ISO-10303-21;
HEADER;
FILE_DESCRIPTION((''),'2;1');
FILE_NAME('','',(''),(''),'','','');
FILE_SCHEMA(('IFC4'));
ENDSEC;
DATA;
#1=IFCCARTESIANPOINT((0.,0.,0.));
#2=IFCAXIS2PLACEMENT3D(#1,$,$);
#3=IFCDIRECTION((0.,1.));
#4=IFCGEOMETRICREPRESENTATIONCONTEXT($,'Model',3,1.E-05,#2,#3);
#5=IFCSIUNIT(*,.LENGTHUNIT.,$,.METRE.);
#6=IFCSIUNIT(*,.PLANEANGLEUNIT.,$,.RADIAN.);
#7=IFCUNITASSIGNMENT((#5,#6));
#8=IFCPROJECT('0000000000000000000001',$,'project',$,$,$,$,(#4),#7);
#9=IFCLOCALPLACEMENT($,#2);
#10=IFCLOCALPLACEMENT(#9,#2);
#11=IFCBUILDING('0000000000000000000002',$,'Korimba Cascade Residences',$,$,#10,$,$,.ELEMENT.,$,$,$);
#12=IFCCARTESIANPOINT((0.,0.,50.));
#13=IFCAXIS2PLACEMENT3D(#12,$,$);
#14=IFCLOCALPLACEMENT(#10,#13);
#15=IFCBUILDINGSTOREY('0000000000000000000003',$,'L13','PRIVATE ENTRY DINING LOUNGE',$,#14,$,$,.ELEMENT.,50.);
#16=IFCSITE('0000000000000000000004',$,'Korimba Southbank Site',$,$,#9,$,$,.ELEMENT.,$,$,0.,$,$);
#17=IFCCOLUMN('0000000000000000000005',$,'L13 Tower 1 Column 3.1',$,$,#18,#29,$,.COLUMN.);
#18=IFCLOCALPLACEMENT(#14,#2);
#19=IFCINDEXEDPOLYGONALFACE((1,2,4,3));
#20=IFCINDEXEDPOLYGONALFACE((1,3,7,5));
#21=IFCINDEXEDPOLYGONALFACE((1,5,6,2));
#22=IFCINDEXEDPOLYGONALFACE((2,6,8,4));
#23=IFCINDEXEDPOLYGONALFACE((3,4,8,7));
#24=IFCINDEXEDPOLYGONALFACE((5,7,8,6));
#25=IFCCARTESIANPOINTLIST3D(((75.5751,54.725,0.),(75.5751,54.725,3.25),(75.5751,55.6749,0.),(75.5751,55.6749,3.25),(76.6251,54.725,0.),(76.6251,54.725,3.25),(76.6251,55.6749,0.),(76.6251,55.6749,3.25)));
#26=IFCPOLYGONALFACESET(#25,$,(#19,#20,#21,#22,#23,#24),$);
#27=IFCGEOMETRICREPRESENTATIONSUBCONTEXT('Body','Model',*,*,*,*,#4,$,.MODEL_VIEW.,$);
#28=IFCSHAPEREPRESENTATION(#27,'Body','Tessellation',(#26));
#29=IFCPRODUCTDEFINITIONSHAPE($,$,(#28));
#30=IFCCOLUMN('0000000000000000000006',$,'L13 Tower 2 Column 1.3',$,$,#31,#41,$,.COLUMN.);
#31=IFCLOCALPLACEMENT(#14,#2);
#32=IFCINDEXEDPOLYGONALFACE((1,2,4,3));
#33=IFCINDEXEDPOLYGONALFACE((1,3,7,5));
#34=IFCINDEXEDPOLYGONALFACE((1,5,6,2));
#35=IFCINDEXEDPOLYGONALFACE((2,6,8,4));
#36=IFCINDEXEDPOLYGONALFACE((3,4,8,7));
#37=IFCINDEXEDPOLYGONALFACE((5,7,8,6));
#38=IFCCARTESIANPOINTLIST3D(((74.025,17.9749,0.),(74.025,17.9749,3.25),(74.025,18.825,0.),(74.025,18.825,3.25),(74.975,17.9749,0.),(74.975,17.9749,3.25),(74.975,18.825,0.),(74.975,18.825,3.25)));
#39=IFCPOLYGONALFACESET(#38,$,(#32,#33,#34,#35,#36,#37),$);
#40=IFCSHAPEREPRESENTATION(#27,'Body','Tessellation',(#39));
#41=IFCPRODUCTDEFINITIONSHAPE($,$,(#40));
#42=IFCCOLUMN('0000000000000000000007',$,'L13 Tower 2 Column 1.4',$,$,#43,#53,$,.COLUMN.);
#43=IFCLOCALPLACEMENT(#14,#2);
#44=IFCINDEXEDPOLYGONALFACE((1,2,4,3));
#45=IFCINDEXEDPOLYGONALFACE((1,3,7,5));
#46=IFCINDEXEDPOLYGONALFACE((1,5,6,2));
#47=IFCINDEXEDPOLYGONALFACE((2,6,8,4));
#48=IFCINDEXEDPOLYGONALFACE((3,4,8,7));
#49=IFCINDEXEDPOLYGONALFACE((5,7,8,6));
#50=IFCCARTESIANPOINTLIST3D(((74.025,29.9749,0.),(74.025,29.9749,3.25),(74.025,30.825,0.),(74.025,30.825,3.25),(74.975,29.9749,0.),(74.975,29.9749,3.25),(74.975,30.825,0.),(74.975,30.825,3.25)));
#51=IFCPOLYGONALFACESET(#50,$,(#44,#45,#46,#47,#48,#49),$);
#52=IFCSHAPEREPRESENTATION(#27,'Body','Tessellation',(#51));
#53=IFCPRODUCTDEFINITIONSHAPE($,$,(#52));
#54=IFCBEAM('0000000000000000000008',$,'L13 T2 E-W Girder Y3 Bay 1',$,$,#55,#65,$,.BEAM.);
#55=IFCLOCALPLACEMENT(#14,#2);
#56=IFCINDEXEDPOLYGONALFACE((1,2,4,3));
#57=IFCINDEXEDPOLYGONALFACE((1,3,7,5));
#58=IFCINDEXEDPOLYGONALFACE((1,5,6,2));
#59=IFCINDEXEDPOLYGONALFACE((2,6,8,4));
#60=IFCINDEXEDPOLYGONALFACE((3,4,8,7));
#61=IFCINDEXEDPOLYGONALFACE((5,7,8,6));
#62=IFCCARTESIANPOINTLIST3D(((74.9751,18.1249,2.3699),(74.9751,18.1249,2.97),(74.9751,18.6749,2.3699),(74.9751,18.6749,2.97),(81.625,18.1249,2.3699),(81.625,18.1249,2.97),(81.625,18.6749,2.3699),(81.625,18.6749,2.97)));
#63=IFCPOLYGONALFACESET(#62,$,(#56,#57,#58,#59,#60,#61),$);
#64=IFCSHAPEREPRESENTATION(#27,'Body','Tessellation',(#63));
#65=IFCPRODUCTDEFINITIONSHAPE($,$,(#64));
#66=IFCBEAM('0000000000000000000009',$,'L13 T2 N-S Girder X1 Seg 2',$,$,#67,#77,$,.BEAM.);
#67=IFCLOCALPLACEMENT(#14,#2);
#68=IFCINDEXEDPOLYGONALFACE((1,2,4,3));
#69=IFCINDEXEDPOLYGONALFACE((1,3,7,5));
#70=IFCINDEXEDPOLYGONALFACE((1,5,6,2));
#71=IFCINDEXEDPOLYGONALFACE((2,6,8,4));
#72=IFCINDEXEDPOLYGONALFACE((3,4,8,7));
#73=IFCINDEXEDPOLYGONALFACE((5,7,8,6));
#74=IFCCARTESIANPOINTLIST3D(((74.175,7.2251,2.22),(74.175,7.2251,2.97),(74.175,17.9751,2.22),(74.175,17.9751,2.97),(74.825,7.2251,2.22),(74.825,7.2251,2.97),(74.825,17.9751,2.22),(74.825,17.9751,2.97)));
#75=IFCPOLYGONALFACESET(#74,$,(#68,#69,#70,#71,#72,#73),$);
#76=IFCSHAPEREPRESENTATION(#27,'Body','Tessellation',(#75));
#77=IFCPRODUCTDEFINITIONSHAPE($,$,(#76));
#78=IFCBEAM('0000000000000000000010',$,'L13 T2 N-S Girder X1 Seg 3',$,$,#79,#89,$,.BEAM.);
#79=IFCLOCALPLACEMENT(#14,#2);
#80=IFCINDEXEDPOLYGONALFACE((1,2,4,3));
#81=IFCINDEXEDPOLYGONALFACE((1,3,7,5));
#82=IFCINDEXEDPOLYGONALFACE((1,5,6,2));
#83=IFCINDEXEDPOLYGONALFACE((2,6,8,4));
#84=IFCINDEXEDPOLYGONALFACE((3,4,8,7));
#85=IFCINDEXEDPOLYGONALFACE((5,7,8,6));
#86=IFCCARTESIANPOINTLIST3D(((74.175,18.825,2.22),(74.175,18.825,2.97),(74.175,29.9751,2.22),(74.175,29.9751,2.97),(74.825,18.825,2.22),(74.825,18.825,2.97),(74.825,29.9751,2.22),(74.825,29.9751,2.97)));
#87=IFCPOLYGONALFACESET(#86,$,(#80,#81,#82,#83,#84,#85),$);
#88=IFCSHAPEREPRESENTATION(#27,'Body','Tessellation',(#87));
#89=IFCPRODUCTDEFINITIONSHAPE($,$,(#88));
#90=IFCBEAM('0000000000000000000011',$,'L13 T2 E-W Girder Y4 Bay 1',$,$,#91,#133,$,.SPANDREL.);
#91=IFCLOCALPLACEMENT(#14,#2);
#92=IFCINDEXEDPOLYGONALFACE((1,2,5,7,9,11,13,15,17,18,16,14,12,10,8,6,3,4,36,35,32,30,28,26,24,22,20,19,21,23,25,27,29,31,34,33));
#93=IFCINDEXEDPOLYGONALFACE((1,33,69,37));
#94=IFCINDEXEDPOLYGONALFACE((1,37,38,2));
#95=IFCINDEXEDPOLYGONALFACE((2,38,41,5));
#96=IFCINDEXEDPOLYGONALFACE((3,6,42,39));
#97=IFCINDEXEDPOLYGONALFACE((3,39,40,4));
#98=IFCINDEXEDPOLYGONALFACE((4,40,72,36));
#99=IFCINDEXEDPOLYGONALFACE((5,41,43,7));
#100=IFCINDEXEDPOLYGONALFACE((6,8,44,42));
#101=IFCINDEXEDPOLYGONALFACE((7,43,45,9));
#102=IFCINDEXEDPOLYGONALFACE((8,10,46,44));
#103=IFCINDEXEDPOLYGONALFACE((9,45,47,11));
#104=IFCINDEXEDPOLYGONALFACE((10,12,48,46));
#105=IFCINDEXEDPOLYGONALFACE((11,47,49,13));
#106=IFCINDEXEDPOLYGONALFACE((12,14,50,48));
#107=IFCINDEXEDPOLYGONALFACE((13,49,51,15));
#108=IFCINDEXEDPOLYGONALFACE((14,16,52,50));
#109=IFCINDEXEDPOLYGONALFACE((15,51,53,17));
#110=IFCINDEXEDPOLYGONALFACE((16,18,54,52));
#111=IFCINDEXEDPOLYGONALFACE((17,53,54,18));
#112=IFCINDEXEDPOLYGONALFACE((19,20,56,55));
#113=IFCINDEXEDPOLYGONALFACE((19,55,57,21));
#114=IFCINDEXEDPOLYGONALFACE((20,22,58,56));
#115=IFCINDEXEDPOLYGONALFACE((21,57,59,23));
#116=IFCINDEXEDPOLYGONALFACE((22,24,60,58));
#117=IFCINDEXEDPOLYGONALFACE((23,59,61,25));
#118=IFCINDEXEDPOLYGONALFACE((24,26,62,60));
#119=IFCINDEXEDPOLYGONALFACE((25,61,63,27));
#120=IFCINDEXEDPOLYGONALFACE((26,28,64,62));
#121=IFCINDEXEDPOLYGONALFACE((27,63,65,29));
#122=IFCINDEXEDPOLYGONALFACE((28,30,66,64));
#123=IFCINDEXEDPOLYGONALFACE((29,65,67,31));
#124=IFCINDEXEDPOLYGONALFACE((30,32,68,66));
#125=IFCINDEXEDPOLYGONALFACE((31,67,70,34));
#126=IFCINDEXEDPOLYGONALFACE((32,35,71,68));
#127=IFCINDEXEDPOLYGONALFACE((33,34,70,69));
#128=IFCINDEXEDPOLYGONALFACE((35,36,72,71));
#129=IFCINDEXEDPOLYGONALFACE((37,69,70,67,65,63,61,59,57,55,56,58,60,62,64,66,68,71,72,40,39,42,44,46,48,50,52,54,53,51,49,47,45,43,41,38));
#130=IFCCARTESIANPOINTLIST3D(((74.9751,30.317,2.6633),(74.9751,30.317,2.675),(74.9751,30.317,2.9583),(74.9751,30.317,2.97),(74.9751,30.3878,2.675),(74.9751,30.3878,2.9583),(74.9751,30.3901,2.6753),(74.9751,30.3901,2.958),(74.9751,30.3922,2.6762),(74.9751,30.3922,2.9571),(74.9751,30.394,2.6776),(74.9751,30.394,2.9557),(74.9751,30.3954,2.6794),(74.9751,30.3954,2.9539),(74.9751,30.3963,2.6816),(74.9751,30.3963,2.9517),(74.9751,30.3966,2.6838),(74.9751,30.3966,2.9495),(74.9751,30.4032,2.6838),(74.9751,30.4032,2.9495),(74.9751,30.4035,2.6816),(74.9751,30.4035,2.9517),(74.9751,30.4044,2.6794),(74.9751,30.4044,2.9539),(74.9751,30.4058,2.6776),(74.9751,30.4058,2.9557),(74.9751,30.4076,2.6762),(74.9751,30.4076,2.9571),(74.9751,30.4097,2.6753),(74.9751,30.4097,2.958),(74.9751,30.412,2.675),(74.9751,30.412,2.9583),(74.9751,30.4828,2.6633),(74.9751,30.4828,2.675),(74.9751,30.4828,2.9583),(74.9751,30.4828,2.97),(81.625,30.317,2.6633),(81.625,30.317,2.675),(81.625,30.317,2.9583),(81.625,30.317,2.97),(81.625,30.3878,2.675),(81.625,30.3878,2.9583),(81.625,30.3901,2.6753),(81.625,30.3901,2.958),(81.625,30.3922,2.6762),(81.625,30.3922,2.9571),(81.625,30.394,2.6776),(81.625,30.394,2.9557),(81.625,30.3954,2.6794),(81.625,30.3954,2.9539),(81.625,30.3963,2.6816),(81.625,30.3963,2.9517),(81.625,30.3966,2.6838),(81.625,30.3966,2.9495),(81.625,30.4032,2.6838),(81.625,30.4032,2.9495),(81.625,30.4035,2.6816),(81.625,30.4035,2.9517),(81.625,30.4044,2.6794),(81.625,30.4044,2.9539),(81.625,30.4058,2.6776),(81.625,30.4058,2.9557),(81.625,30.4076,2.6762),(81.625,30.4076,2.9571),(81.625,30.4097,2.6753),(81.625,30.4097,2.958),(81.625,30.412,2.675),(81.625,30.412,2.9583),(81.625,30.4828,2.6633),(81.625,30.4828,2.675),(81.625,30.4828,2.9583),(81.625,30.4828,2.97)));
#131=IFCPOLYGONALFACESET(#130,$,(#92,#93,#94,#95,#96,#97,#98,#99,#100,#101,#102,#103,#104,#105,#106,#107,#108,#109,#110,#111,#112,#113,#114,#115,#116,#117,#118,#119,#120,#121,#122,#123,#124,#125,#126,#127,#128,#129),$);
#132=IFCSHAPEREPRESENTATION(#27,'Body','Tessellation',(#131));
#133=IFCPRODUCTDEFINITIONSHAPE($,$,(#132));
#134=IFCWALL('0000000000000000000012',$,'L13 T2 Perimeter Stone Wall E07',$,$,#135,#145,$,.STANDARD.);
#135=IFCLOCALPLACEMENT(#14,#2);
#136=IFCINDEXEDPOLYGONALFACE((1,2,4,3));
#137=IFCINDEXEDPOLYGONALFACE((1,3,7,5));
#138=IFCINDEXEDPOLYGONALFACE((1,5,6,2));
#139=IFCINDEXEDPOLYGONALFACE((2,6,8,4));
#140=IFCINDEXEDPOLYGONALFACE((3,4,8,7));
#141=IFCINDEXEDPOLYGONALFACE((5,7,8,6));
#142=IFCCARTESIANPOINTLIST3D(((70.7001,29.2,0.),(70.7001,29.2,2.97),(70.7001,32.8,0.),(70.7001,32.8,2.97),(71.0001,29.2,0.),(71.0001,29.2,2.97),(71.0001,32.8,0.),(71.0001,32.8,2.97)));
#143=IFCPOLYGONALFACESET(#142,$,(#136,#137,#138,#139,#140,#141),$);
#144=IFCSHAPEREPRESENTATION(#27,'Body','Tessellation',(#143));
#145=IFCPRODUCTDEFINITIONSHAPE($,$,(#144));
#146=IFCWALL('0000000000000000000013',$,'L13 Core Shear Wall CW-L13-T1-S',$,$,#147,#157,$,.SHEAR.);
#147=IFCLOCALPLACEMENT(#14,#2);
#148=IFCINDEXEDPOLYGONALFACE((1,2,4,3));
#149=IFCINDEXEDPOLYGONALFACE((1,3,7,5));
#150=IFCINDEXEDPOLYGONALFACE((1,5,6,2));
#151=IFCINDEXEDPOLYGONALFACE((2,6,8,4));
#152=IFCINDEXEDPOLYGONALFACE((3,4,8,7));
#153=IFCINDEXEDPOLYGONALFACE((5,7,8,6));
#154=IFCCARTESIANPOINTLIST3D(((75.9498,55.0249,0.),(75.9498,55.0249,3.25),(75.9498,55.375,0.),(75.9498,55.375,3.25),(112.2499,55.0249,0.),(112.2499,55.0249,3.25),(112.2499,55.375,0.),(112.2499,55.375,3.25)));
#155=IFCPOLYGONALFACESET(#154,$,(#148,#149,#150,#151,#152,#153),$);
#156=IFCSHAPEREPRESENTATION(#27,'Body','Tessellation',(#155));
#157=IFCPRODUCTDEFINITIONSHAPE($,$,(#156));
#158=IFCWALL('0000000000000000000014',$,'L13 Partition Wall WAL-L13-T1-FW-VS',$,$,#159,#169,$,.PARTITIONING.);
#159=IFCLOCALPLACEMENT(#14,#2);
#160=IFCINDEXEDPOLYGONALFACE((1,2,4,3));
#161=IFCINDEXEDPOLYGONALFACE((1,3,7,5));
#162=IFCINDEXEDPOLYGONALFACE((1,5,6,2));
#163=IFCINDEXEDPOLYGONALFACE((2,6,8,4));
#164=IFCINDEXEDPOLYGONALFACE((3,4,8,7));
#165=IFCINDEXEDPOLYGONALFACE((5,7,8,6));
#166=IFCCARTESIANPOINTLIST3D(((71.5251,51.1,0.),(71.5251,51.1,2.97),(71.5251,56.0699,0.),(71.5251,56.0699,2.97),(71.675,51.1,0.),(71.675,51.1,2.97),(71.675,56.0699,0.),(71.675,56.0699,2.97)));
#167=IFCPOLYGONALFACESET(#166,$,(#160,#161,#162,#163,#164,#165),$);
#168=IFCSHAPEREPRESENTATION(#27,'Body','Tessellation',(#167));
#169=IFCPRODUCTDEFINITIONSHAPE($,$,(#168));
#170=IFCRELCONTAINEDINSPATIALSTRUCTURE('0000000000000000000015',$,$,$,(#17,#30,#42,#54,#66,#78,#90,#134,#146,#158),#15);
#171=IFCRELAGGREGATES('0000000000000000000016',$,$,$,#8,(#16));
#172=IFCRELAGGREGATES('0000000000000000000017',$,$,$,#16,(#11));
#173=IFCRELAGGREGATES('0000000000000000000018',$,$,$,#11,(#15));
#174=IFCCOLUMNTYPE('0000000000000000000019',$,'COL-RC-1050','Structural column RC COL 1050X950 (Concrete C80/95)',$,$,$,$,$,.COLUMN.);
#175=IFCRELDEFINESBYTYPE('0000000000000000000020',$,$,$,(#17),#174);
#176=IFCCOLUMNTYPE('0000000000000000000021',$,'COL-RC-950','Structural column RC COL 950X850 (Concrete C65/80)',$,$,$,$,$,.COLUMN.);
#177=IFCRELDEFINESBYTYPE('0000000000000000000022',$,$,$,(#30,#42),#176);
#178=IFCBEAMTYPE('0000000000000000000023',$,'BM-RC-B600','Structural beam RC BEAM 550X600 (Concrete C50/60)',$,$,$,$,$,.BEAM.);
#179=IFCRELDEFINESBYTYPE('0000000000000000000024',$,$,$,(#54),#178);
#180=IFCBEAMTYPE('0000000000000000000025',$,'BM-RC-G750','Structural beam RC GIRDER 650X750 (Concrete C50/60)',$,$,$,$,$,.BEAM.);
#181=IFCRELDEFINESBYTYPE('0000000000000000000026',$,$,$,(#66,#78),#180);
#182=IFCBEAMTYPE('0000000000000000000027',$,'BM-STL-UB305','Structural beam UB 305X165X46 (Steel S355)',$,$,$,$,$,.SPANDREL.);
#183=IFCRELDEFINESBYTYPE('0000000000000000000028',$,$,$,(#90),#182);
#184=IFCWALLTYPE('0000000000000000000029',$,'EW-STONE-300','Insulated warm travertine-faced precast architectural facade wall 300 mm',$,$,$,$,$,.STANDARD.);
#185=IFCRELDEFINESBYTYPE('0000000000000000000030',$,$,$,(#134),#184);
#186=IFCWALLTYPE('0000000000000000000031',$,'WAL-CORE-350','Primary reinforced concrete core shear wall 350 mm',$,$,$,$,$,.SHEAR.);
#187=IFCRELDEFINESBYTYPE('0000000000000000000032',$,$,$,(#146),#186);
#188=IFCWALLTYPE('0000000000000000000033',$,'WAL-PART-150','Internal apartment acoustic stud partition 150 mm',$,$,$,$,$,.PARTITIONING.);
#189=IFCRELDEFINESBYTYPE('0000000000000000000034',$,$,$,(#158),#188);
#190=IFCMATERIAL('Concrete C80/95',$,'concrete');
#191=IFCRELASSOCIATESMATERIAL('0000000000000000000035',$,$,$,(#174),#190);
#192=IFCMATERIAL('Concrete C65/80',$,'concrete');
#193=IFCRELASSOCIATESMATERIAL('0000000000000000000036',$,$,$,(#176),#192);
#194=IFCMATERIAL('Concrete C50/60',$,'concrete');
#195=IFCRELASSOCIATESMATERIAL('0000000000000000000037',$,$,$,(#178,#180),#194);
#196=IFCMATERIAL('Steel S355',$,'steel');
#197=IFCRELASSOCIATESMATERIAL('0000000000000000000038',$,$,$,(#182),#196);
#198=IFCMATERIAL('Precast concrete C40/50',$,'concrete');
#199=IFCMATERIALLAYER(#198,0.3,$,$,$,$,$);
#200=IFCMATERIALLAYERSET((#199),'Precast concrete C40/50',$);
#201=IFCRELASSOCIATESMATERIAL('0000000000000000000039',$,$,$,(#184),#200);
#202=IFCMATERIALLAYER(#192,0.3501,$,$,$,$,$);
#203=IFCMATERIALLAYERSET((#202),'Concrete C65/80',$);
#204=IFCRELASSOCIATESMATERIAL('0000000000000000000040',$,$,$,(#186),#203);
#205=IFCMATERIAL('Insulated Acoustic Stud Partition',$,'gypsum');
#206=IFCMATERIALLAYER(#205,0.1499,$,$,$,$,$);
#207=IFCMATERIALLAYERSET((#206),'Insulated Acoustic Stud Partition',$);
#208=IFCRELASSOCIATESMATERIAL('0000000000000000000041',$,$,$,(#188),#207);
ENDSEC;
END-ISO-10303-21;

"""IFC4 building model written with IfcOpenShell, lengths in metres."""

from ifc_helpers import new_model, si_unit, direction, frame, frame_2d, origin, origin_2d, place, context, subcontext, project, spatial, rectangle, i_section, extrude, material, layer, layer_set, material_profile, profile_set, type_object, element, save


model = new_model("IFC4")

# Units and contexts
model_context = context("Model", 3, precision=1e-05, world=origin(), true_north=direction((0.0, 1.0)))
body_context = subcontext(model_context, "Body", "Model", "MODEL_VIEW")
ifc_project = project(units=[si_unit("LENGTHUNIT", "METRE"), si_unit("PLANEANGLEUNIT", "RADIAN")], contexts=[model_context])

# Site, building, storey
site_placement = place(None, origin())
site = spatial("IfcSite", under=ifc_project, at=site_placement, Name="Korimba Southbank Site", CompositionType="ELEMENT", RefElevation=0.0)
building_placement = place(site_placement, origin())
building = spatial("IfcBuilding", under=site, at=building_placement, Name="Korimba Cascade Residences", CompositionType="ELEMENT")
storey_placement = place(building_placement, frame((0.0, 0.0, 50.0)))
storey = spatial("IfcBuildingStorey", under=building, at=storey_placement, Name="L13", Description="PRIVATE ENTRY DINING LOUNGE", CompositionType="ELEMENT", Elevation=50.0)

# Columns
ifc_material_1 = material(Name="Concrete C80/95", Category="concrete")
ifc_material_profile_1 = material_profile(ifc_material_1, rectangle(XDim=1.05, YDim=0.95, at=origin_2d()), Name="Concrete C80/95")
ifc_profile_set_1 = profile_set([ifc_material_profile_1], Name="Concrete C80/95")
column_type_1 = type_object("IfcColumnType", Name="COL-RC-1050", Description="Structural column RC COL 1050X950 (Concrete C80/95)", PredefinedType="COLUMN", material=ifc_profile_set_1)
column_placement = place(storey_placement, frame((76.1001, 55.2, 0.0), z_axis=(0.0, 0.0, 1.0), x_axis=(1.0, 0.0, 0.0)))
element("IfcColumn", 1, at=column_placement, inside=storey, type_object=column_type_1, Name="L13 Tower 1 Column 3.1", PredefinedType="COLUMN", context=body_context, shape_type="SweptSolid", body=[
    extrude(rectangle(XDim=1.05, YDim=0.95, at=origin_2d()), origin(), (0.0, 0.0, 1.0), 3.25),
])
ifc_material_2 = material(Name="Concrete C65/80", Category="concrete")
ifc_material_profile_2 = material_profile(ifc_material_2, rectangle(XDim=0.95, YDim=0.8501, at=origin_2d()), Name="Concrete C65/80")
ifc_profile_set_2 = profile_set([ifc_material_profile_2], Name="Concrete C65/80")
column_type_2 = type_object("IfcColumnType", Name="COL-RC-950", Description="Structural column RC COL 950X850 (Concrete C65/80)", PredefinedType="COLUMN", material=ifc_profile_set_2)
for number, where, z_axis, x_axis, name in (
    (2, (74.5, 18.3999, 0.0), (0.0, 0.0, 1.0), (1.0, 0.0, 0.0), "L13 Tower 2 Column 1.3"),
    (3, (74.5, 30.3999, 0.0), (0.0, 0.0, 1.0), (1.0, 0.0, 0.0), "L13 Tower 2 Column 1.4"),
):
    element("IfcColumn", number, at=place(storey_placement, frame(where, z_axis=z_axis, x_axis=x_axis)), inside=storey, type_object=column_type_2, Name=name, PredefinedType="COLUMN", context=body_context, shape_type="SweptSolid", body=[
        extrude(rectangle(XDim=0.95, YDim=0.8501, at=origin_2d()), origin(), (0.0, 0.0, 1.0), 3.25),
    ])

# Beams
ifc_material_3 = material(Name="Concrete C50/60", Category="concrete")
ifc_material_profile_3 = material_profile(ifc_material_3, rectangle(XDim=0.55, YDim=0.6001, at=origin_2d()), Name="Concrete C50/60")
ifc_profile_set_3 = profile_set([ifc_material_profile_3], Name="Concrete C50/60")
beam_type_1 = type_object("IfcBeamType", Name="BM-RC-B600", Description="Structural beam RC BEAM 550X600 (Concrete C50/60)", PredefinedType="BEAM", material=ifc_profile_set_3)
beam_1_placement = place(storey_placement, frame((74.9751, 18.3999, 2.6699), z_axis=(1.0, 0.0, 0.0), x_axis=(0.0, 1.0, 0.0)))
element("IfcBeam", 4, at=beam_1_placement, inside=storey, type_object=beam_type_1, Name="L13 T2 E-W Girder Y3 Bay 1", PredefinedType="BEAM", context=body_context, shape_type="SweptSolid", body=[
    extrude(rectangle(XDim=0.55, YDim=0.6001, at=origin_2d()), origin(), (0.0, 0.0, 1.0), 6.6499),
])
ifc_material_profile_4 = material_profile(ifc_material_3, rectangle(XDim=0.6499, YDim=0.75, at=origin_2d()), Name="Concrete C50/60")
ifc_profile_set_4 = profile_set([ifc_material_profile_4], Name="Concrete C50/60")
beam_type_2 = type_object("IfcBeamType", Name="BM-RC-G750", Description="Structural beam RC GIRDER 650X750 (Concrete C50/60)", PredefinedType="BEAM", material=ifc_profile_set_4)
beam_2_placement = place(storey_placement, frame((74.5, 7.2251, 2.595), z_axis=(0.0, 1.0, 0.0), x_axis=(-1.0, 0.0, 0.0)))
element("IfcBeam", 5, at=beam_2_placement, inside=storey, type_object=beam_type_2, Name="L13 T2 N-S Girder X1 Seg 2", PredefinedType="BEAM", context=body_context, shape_type="SweptSolid", body=[
    extrude(rectangle(XDim=0.6499, YDim=0.75, at=origin_2d()), origin(), (0.0, 0.0, 1.0), 10.75),
])
beam_3_placement = place(storey_placement, frame((74.5, 18.825, 2.595), z_axis=(0.0, 1.0, 0.0), x_axis=(-1.0, 0.0, 0.0)))
element("IfcBeam", 6, at=beam_3_placement, inside=storey, type_object=beam_type_2, Name="L13 T2 N-S Girder X1 Seg 3", PredefinedType="BEAM", context=body_context, shape_type="SweptSolid", body=[
    extrude(rectangle(XDim=0.6499, YDim=0.75, at=origin_2d()), origin(), (0.0, 0.0, 1.0), 11.1501),
])
ifc_material_4 = material(Name="Steel S355", Category="steel")
ifc_material_profile_5 = material_profile(ifc_material_4, i_section(OverallWidth=0.1658, OverallDepth=0.3066, WebThickness=0.0066, FlangeThickness=0.0117, FilletRadius=0.0088, at=origin_2d()), Name="Steel S355")
ifc_profile_set_5 = profile_set([ifc_material_profile_5], Name="Steel S355")
beam_type_3 = type_object("IfcBeamType", Name="BM-STL-UB305", Description="Structural beam UB 305X165X46 (Steel S355)", PredefinedType="SPANDREL", material=ifc_profile_set_5)
beam_4_placement = place(storey_placement, frame((74.9751, 30.3999, 2.8167), z_axis=(1.0, 0.0, 0.0), x_axis=(0.0, 1.0, 0.0)))
element("IfcBeam", 7, at=beam_4_placement, inside=storey, type_object=beam_type_3, Name="L13 T2 E-W Girder Y4 Bay 1", PredefinedType="SPANDREL", context=body_context, shape_type="SweptSolid", body=[
    extrude(i_section(OverallWidth=0.1658, OverallDepth=0.3066, WebThickness=0.0066, FlangeThickness=0.0117, FilletRadius=0.0088, at=origin_2d()), origin(), (0.0, 0.0, 1.0), 6.6499),
])

# Walls
ifc_material_5 = material(Name="Precast concrete C40/50", Category="concrete")
ifc_layer_1 = layer(ifc_material_5, 0.3)
ifc_layer_set_1 = layer_set([ifc_layer_1], Name="Precast concrete C40/50")
wall_type_1 = type_object("IfcWallType", Name="EW-STONE-300", Description="Insulated warm travertine-faced precast architectural facade wall 300 mm", PredefinedType="STANDARD", material=ifc_layer_set_1)
wall_1_placement = place(storey_placement, frame((70.8501, 32.8, 0.0), z_axis=(0.0, 0.0, 1.0), x_axis=(0.0, -1.0, 0.0)))
element("IfcWall", 8, at=wall_1_placement, inside=storey, type_object=wall_type_1, Name="L13 T2 Perimeter Stone Wall E07", PredefinedType="STANDARD", context=body_context, shape_type="SweptSolid", body=[
    extrude(rectangle(XDim=3.6001, YDim=0.3, at=frame_2d((1.8, 0.0))), origin(), (0.0, 0.0, 1.0), 2.97),
])
ifc_layer_2 = layer(ifc_material_2, 0.3501)
ifc_layer_set_2 = layer_set([ifc_layer_2], Name="Concrete C65/80")
wall_type_2 = type_object("IfcWallType", Name="WAL-CORE-350", Description="Primary reinforced concrete core shear wall 350 mm", PredefinedType="SHEAR", material=ifc_layer_set_2)
wall_2_placement = place(storey_placement, frame((75.95, 55.2, 0.0), z_axis=(0.0, 0.0, 1.0), x_axis=(1.0, 0.0, 0.0)))
element("IfcWall", 9, at=wall_2_placement, inside=storey, type_object=wall_type_2, Name="L13 Core Shear Wall CW-L13-T1-S", PredefinedType="SHEAR", context=body_context, shape_type="SweptSolid", body=[
    extrude(rectangle(XDim=36.3, YDim=0.3501, at=frame_2d((18.1499, 0.0))), origin(), (0.0, 0.0, 1.0), 3.25),
])
ifc_material_6 = material(Name="Insulated Acoustic Stud Partition", Category="gypsum")
ifc_layer_3 = layer(ifc_material_6, 0.1499)
ifc_layer_set_3 = layer_set([ifc_layer_3], Name="Insulated Acoustic Stud Partition")
wall_type_3 = type_object("IfcWallType", Name="WAL-PART-150", Description="Internal apartment acoustic stud partition 150 mm", PredefinedType="PARTITIONING", material=ifc_layer_set_3)
wall_3_placement = place(storey_placement, frame((71.6001, 51.1001, 0.0), z_axis=(0.0, 0.0, 1.0), x_axis=(0.0, 1.0, 0.0)))
element("IfcWall", 10, at=wall_3_placement, inside=storey, type_object=wall_type_3, Name="L13 Partition Wall WAL-L13-T1-FW-VS", PredefinedType="PARTITIONING", context=body_context, shape_type="SweptSolid", body=[
    extrude(rectangle(XDim=4.97, YDim=0.1499, at=frame_2d((2.4849, 0.0))), origin(), (0.0, 0.0, 1.0), 2.97),
])

save(model, "model.ifc")
